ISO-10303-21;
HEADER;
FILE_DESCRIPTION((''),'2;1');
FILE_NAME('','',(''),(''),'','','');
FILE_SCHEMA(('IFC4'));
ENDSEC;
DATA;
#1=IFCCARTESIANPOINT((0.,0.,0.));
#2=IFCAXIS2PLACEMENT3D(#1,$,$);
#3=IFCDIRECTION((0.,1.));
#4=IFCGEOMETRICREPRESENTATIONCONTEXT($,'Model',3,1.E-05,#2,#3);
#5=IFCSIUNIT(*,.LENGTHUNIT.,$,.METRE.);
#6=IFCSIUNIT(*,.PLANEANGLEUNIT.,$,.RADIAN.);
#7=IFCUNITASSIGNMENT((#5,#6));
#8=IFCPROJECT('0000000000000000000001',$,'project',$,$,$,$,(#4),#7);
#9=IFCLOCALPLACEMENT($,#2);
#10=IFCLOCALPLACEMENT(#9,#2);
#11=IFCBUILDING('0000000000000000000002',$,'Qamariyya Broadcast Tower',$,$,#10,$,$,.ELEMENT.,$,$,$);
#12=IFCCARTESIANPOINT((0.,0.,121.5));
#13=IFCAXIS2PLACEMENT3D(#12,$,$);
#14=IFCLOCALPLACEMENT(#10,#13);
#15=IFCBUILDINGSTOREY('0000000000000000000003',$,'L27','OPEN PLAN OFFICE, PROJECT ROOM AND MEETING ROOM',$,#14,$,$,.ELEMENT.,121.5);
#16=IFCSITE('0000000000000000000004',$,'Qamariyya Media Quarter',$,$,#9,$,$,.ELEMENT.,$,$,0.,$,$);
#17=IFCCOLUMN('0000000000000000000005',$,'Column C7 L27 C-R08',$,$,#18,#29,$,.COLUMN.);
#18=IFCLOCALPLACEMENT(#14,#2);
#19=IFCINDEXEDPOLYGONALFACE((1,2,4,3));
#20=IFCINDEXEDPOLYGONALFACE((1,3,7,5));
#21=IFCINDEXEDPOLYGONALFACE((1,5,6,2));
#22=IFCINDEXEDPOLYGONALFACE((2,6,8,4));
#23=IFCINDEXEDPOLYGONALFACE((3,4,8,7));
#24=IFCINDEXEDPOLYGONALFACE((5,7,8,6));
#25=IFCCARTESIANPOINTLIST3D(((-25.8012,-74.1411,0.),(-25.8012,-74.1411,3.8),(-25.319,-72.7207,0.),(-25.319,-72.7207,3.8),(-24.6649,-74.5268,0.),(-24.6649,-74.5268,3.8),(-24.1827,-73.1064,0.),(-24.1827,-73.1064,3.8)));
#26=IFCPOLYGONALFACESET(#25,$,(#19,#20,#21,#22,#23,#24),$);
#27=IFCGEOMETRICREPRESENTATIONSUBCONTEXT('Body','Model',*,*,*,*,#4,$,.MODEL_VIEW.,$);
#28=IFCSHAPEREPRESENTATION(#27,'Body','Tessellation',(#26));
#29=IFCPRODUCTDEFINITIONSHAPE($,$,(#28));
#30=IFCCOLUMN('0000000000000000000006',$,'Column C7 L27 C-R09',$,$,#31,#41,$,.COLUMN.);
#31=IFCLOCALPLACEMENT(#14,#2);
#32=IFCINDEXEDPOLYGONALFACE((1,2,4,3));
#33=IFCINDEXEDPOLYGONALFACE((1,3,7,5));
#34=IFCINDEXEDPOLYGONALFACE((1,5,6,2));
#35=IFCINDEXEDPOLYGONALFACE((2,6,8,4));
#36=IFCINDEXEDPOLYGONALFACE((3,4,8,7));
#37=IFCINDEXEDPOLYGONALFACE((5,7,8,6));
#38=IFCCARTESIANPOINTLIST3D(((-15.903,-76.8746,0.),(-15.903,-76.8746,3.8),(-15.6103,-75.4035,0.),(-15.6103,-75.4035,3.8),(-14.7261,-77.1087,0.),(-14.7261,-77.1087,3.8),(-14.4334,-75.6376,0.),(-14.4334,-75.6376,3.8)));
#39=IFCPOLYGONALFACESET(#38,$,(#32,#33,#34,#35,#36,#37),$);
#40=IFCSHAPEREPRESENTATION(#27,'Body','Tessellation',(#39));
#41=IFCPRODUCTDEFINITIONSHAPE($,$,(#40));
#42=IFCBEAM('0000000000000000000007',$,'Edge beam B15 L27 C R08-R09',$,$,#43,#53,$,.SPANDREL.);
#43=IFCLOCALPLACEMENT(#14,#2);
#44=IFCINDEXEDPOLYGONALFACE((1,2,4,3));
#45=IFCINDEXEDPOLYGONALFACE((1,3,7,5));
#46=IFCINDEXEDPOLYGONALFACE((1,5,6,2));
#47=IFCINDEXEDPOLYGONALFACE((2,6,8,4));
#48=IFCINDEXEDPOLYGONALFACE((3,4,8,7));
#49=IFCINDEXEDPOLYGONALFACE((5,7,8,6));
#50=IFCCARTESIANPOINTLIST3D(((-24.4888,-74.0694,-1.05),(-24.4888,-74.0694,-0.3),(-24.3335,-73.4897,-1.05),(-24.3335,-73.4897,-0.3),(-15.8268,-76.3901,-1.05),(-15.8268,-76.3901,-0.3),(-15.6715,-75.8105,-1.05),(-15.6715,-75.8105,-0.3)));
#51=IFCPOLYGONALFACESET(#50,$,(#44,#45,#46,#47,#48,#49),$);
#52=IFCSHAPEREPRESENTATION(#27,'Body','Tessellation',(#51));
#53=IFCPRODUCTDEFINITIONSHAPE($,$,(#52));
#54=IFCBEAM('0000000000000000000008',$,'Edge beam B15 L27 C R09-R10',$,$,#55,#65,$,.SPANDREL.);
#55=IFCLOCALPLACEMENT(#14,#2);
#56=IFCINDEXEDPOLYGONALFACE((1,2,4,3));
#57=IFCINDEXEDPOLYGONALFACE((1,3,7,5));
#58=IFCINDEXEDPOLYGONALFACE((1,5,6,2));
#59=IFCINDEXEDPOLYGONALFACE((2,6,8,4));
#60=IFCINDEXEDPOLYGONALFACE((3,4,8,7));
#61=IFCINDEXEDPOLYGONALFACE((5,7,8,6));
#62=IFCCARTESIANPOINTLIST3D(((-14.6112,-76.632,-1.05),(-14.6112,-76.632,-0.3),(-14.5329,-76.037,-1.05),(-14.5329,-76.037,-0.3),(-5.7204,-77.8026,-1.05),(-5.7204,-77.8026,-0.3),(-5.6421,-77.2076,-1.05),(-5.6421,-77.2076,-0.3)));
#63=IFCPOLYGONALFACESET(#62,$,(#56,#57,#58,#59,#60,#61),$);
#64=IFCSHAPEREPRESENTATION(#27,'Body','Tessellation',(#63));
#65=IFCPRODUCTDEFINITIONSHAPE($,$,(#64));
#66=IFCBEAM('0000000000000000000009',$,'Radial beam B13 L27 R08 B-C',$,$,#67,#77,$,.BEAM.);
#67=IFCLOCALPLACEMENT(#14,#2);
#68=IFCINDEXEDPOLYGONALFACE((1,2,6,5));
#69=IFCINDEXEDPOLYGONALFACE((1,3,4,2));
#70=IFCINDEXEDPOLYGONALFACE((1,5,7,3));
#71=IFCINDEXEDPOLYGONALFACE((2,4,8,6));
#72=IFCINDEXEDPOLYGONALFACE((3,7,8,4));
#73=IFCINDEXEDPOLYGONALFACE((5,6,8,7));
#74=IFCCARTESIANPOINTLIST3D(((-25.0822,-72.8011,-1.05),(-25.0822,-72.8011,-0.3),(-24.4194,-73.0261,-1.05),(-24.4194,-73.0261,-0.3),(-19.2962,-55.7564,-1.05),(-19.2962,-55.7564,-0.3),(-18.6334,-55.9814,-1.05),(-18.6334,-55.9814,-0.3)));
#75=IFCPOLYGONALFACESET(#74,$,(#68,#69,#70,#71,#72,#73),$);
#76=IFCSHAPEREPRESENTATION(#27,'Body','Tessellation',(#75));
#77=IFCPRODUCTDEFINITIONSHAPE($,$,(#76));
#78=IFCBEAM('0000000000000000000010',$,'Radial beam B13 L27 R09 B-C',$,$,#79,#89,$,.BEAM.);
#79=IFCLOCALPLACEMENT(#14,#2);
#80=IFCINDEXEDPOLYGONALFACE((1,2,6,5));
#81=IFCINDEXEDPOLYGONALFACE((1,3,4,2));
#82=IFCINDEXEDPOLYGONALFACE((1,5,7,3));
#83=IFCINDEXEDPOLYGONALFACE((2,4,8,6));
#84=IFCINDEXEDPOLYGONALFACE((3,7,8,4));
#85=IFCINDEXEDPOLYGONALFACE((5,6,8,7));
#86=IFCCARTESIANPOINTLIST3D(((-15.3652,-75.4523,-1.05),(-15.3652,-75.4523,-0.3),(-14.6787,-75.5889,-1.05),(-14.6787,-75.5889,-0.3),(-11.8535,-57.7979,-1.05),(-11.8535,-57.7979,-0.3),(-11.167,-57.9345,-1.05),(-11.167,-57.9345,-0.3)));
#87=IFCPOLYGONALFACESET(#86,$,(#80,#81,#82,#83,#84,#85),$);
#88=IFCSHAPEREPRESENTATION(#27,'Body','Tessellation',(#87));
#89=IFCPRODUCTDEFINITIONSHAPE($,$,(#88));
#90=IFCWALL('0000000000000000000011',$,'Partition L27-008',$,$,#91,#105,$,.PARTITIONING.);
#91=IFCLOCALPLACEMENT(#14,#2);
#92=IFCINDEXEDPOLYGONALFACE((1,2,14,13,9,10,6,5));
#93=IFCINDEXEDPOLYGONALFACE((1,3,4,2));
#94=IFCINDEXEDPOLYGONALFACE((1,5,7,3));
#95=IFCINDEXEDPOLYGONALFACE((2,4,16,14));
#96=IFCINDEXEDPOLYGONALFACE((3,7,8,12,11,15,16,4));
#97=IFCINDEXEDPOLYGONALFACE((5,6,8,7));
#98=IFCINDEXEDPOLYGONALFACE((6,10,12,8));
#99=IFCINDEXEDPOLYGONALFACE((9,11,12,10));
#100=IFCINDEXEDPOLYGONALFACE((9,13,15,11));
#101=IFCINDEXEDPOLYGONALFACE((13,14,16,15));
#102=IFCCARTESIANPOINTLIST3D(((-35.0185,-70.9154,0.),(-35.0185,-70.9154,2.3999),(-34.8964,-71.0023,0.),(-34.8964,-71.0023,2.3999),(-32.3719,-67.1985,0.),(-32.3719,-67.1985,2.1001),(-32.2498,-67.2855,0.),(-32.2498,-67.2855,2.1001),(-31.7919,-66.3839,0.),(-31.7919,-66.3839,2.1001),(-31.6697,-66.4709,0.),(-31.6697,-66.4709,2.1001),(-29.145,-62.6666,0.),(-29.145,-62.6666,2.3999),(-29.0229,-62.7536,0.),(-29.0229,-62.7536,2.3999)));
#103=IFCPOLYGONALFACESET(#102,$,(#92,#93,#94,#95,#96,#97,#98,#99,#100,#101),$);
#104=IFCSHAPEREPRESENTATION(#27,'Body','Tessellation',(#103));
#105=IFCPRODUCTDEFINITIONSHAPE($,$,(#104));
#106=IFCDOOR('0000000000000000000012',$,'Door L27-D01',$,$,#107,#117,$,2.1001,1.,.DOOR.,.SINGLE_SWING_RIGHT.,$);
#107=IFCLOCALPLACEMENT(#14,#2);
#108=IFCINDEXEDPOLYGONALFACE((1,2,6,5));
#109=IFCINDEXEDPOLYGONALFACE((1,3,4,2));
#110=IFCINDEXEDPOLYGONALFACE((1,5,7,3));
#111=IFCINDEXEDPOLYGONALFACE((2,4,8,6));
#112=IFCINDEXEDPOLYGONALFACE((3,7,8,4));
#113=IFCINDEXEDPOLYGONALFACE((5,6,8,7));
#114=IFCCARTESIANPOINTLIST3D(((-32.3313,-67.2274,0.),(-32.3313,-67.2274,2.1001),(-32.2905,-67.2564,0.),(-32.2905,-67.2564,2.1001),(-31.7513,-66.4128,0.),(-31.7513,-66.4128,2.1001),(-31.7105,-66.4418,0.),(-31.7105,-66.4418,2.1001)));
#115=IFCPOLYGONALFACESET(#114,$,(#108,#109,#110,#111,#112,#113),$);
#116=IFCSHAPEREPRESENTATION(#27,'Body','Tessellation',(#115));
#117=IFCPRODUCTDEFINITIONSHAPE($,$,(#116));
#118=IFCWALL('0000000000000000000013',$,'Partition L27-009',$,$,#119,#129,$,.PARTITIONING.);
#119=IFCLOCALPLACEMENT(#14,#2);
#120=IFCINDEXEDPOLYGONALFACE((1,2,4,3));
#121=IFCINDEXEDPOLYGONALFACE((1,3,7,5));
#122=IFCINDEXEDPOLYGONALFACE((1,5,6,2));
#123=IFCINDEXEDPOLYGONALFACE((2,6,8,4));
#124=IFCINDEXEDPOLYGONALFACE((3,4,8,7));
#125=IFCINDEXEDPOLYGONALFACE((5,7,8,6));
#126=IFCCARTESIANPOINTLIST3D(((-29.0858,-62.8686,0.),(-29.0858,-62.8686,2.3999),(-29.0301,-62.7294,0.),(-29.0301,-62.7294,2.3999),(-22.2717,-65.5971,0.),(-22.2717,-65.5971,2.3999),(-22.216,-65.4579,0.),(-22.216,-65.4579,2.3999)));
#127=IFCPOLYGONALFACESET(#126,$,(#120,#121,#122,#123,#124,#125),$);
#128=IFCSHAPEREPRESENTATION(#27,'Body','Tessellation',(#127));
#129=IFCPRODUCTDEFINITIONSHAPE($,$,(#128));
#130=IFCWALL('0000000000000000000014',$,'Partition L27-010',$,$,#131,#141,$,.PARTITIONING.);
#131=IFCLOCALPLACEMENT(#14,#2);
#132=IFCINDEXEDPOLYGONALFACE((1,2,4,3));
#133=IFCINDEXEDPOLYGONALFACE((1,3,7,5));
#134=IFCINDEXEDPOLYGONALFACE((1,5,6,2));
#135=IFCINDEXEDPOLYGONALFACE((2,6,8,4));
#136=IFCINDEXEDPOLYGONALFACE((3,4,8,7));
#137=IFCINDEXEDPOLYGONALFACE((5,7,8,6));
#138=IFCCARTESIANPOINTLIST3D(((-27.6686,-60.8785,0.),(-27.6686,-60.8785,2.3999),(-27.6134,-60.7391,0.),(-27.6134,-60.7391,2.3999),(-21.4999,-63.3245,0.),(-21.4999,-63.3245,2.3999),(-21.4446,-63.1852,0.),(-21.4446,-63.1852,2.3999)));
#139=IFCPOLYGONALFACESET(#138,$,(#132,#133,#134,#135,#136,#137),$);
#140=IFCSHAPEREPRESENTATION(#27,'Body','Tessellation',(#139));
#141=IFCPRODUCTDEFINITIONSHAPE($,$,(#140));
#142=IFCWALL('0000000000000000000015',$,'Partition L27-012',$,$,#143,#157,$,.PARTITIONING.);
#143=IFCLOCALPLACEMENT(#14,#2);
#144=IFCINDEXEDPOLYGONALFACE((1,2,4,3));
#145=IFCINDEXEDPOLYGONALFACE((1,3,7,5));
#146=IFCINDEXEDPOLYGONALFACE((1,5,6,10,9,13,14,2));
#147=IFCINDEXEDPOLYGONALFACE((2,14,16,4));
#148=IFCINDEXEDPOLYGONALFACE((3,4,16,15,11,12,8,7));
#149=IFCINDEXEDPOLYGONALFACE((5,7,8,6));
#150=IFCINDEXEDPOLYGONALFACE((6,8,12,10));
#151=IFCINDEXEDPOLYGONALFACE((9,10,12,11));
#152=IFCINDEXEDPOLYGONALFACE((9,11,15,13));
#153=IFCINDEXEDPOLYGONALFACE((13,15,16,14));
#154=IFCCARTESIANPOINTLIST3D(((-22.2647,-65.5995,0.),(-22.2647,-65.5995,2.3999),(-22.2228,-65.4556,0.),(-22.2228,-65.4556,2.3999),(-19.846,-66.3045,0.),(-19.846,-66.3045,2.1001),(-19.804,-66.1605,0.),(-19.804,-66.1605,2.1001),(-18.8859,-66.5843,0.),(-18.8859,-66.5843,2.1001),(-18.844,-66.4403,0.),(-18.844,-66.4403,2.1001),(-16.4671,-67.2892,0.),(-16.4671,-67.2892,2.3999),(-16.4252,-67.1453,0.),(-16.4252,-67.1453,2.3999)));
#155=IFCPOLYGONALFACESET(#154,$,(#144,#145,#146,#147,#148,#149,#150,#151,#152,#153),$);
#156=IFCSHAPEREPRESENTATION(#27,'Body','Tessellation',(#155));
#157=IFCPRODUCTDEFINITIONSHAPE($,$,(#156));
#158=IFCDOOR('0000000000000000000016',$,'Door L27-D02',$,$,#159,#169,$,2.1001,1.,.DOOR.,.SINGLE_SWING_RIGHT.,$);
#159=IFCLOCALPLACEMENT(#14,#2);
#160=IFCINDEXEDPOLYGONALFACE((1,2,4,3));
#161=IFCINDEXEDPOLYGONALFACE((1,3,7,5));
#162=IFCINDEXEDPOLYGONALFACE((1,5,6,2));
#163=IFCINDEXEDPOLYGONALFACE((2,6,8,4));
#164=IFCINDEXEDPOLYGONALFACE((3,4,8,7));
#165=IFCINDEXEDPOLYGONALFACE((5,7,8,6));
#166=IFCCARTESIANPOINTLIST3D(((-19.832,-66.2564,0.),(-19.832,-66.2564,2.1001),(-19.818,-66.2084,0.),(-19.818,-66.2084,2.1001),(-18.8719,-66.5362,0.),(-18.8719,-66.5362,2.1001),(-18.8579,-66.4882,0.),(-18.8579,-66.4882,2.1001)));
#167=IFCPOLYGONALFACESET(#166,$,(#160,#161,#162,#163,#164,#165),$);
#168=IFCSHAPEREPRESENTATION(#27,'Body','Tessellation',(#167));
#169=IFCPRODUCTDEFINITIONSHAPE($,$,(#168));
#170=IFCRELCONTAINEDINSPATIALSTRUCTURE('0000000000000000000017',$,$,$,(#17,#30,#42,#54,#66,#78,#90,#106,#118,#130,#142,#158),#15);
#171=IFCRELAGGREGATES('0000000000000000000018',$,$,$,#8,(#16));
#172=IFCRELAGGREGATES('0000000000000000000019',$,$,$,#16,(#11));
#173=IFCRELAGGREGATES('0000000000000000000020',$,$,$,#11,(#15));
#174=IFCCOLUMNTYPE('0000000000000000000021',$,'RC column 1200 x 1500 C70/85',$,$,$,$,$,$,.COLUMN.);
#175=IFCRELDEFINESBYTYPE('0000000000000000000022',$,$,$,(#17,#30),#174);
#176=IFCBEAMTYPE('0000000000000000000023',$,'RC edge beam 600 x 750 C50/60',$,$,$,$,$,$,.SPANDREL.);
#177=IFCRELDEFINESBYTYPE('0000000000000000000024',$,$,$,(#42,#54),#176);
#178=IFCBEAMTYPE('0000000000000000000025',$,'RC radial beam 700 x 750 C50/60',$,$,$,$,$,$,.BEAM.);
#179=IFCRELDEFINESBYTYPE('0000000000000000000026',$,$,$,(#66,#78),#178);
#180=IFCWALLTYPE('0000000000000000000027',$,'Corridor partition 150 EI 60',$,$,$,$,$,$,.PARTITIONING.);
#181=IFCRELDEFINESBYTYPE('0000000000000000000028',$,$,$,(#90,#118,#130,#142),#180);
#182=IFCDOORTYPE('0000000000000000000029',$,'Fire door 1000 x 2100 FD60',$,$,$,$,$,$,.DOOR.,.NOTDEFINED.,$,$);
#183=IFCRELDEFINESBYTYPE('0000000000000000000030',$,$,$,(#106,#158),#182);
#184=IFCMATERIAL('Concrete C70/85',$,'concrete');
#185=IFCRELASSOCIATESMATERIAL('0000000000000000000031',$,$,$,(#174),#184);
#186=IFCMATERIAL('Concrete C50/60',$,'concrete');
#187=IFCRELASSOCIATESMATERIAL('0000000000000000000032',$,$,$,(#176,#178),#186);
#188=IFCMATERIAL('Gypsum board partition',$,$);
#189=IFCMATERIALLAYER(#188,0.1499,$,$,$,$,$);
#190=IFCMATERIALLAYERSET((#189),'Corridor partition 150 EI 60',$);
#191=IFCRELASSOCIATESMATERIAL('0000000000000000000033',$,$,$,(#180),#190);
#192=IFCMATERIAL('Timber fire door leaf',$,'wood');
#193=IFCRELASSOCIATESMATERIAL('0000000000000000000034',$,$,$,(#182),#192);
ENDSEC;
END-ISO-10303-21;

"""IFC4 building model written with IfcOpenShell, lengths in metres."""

from ifc_helpers import new_model, si_unit, direction, frame, frame_2d, origin, origin_2d, place, context, subcontext, project, spatial, rectangle, extrude, material, layer, layer_set, material_profile, profile_set, type_object, element, fill, save


model = new_model("IFC4")

# Units and contexts
model_context = context("Model", 3, precision=1e-05, world=origin(), true_north=direction((0.0, 1.0)))
body_context = subcontext(model_context, "Body", "Model", "MODEL_VIEW")
ifc_project = project(units=[si_unit("LENGTHUNIT", "METRE"), si_unit("PLANEANGLEUNIT", "RADIAN")], contexts=[model_context])

# Site, building, storey
site_placement = place(None, origin())
site = spatial("IfcSite", under=ifc_project, at=site_placement, Name="Qamariyya Media Quarter", CompositionType="ELEMENT", RefElevation=0.0)
building_placement = place(site_placement, origin())
building = spatial("IfcBuilding", under=site, at=building_placement, Name="Qamariyya Broadcast Tower", CompositionType="ELEMENT")
storey_placement = place(building_placement, frame((0.0, 0.0, 121.5)))
storey = spatial("IfcBuildingStorey", under=building, at=storey_placement, Name="L27", Description="OPEN PLAN OFFICE, PROJECT ROOM AND MEETING ROOM", CompositionType="ELEMENT", Elevation=121.5)

# Columns
ifc_material_1 = material(Name="Concrete C70/85", Category="concrete")
ifc_material_profile_1 = material_profile(ifc_material_1, rectangle(XDim=1.2, YDim=1.5, at=origin_2d()))
ifc_profile_set_1 = profile_set([ifc_material_profile_1], Name="Concrete C70/85")
column_type = type_object("IfcColumnType", Name="RC column 1200 x 1500 C70/85", PredefinedType="COLUMN", material=ifc_profile_set_1)
for number, where, z_axis, x_axis, name in (
    (1, (-24.9919, -73.6238, 0.0), (0.0, 0.0, 1.0), (0.94693, -0.321439, 0.0), "Column C7 L27 C-R08"),
    (2, (-15.1682, -76.2561, 0.0), (0.0, 0.0, 1.0), (0.980785, -0.19509, 0.0), "Column C7 L27 C-R09"),
):
    element("IfcColumn", number, at=place(storey_placement, frame(where, z_axis=z_axis, x_axis=x_axis)), inside=storey, type_object=column_type, Name=name, PredefinedType="COLUMN", context=body_context, shape_type="SweptSolid", body=[
        extrude(rectangle(XDim=1.2, YDim=1.5, at=origin_2d()), origin(), (0.0, 0.0, 1.0), 3.8),
    ])

# Beams
ifc_material_2 = material(Name="Concrete C50/60", Category="concrete")
ifc_material_profile_2 = material_profile(ifc_material_2, rectangle(XDim=0.6001, YDim=0.75, at=origin_2d()))
ifc_profile_set_2 = profile_set([ifc_material_profile_2], Name="Concrete C50/60")
beam_type_1 = type_object("IfcBeamType", Name="RC edge beam 600 x 750 C50/60", PredefinedType="SPANDREL", material=ifc_profile_set_2)
for number, where, z_axis, x_axis, name in (
    (3, (-24.4111, -73.7795, -0.675), (0.965932, -0.258798, 0.0), (0.258798, 0.965932, 0.0), "Edge beam B15 L27 C R08-R09"),
    (4, (-14.572, -76.3345, -0.675), (0.991443, -0.130543, 0.0), (0.130543, 0.991443, 0.0), "Edge beam B15 L27 C R09-R10"),
):
    element("IfcBeam", number, at=place(storey_placement, frame(where, z_axis=z_axis, x_axis=x_axis)), inside=storey, type_object=beam_type_1, Name=name, PredefinedType="SPANDREL", context=body_context, shape_type="SweptSolid", body=[
        extrude(rectangle(XDim=0.6001, YDim=0.75, at=origin_2d()), origin(), (0.0, 0.0, 1.0), 8.9675),
    ])
ifc_material_profile_3 = material_profile(ifc_material_2, rectangle(XDim=0.7, YDim=0.75, at=origin_2d()))
ifc_profile_set_3 = profile_set([ifc_material_profile_3], Name="Concrete C50/60")
beam_type_2 = type_object("IfcBeamType", Name="RC radial beam 700 x 750 C50/60", PredefinedType="BEAM", material=ifc_profile_set_3)
beam_1_placement = place(storey_placement, frame((-18.9648, -55.8689, -0.675), z_axis=(-0.321439, -0.94693, 0.0), x_axis=(0.94693, -0.321439, 0.0)))
element("IfcBeam", 5, at=beam_1_placement, inside=storey, type_object=beam_type_2, Name="Radial beam B13 L27 R08 B-C", PredefinedType="BEAM", context=body_context, shape_type="SweptSolid", body=[
    extrude(rectangle(XDim=0.7, YDim=0.75, at=origin_2d()), origin(), (0.0, 0.0, 1.0), 18.0),
])
beam_2_placement = place(storey_placement, frame((-11.5103, -57.8662, -0.675), z_axis=(-0.195094, -0.980785, 0.0), x_axis=(0.980785, -0.195094, 0.0)))
element("IfcBeam", 6, at=beam_2_placement, inside=storey, type_object=beam_type_2, Name="Radial beam B13 L27 R09 B-C", PredefinedType="BEAM", context=body_context, shape_type="SweptSolid", body=[
    extrude(rectangle(XDim=0.7, YDim=0.75, at=origin_2d()), origin(), (0.0, 0.0, 1.0), 18.0002),
])

# Wall, opening, door
ifc_material_3 = material(Name="Gypsum board partition")
ifc_layer_1 = layer(ifc_material_3, 0.1499)
ifc_layer_set_1 = layer_set([ifc_layer_1], Name="Corridor partition 150 EI 60")
wall_type_1 = type_object("IfcWallType", Name="Corridor partition 150 EI 60", PredefinedType="PARTITIONING", material=ifc_layer_set_1)
wall_1_placement = place(storey_placement, frame((-29.084, -62.7102, 0.0), z_axis=(0.0, 0.0, 1.0), x_axis=(-0.580031, -0.814594, 0.0)))
wall_1 = element("IfcWall", 7, at=wall_1_placement, inside=storey, type_object=wall_type_1, Name="Partition L27-008", PredefinedType="PARTITIONING", context=body_context, shape_type="SweptSolid", body=[
    extrude(rectangle(XDim=10.1262, YDim=0.1499, at=frame_2d((5.063, 0.0))), origin(), (0.0, 0.0, 1.0), 2.3999),
])
opening_1_placement = place(wall_1_placement, frame((4.5632, 0.0, 0.0)))
opening_1 = element("IfcOpeningElement", 8, at=opening_1_placement, cuts=wall_1, PredefinedType="OPENING", context=body_context, shape_type="SweptSolid", body=[
    extrude(rectangle(XDim=1.0, YDim=2.1001, at=frame_2d((0.5, 1.05))), frame((0.0, 0.085, 0.0), z_axis=(0.0, -1.0, 0.0), x_axis=(1.0, 0.0, 0.0)), (0.0, 0.0, 1.0), 0.1699),
])
ifc_material_4 = material(Name="Timber fire door leaf", Category="wood")
door_type = type_object("IfcDoorType", Name="Fire door 1000 x 2100 FD60", OperationType="NOTDEFINED", PredefinedType="DOOR", material=ifc_material_4)
door_1_placement = place(opening_1_placement, origin())
door_1 = element("IfcDoor", 9, at=door_1_placement, inside=storey, type_object=door_type, Name="Door L27-D01", OperationType="SINGLE_SWING_RIGHT", OverallHeight=2.1001, OverallWidth=1.0, PredefinedType="DOOR", context=body_context, shape_type="SweptSolid", body=[
    extrude(rectangle(XDim=1.0, YDim=2.1001, at=frame_2d((0.5, 1.05))), frame((0.0, 0.0249, 0.0), z_axis=(0.0, -1.0, 0.0), x_axis=(1.0, 0.0, 0.0)), (0.0, 0.0, 1.0), 0.05),
])
fill(opening_1, door_1)

# Walls
wall_2_placement = place(storey_placement, frame((-29.0579, -62.7991, 0.0), z_axis=(0.0, 0.0, 1.0), x_axis=(0.928344, -0.371723, 0.0)))
element("IfcWall", 10, at=wall_2_placement, inside=storey, type_object=wall_type_1, Name="Partition L27-009", PredefinedType="PARTITIONING", context=body_context, shape_type="SweptSolid", body=[
    extrude(rectangle(XDim=7.3401, YDim=0.1499, at=frame_2d((3.6699, 0.0))), origin(), (0.0, 0.0, 1.0), 2.3999),
])
wall_3_placement = place(storey_placement, frame((-27.6409, -60.8088, 0.0), z_axis=(0.0, 0.0, 1.0), x_axis=(0.929586, -0.368604, 0.0)))
element("IfcWall", 11, at=wall_3_placement, inside=storey, type_object=wall_type_1, Name="Partition L27-010", PredefinedType="PARTITIONING", context=body_context, shape_type="SweptSolid", body=[
    extrude(rectangle(XDim=6.636, YDim=0.1499, at=frame_2d((3.3179, 0.0))), origin(), (0.0, 0.0, 1.0), 2.3999),
])

# Wall, opening, door
wall_4_placement = place(storey_placement, frame((-16.446, -67.2173, 0.0), z_axis=(0.0, 0.0, 1.0), x_axis=(-0.960057, 0.279806, 0.0)))
wall_4 = element("IfcWall", 12, at=wall_4_placement, inside=storey, type_object=wall_type_1, Name="Partition L27-012", PredefinedType="PARTITIONING", context=body_context, shape_type="SweptSolid", body=[
    extrude(rectangle(XDim=6.0388, YDim=0.1499, at=frame_2d((3.0195, 0.0))), origin(), (0.0, 0.0, 1.0), 2.3999),
])
opening_2_placement = place(wall_4_placement, frame((2.5195, 0.0, 0.0)))
opening_2 = element("IfcOpeningElement", 13, at=opening_2_placement, cuts=wall_4, PredefinedType="OPENING", context=body_context, shape_type="SweptSolid", body=[
    extrude(rectangle(XDim=1.0, YDim=2.1001, at=frame_2d((0.5, 1.05))), frame((0.0, 0.085, 0.0), z_axis=(0.0, -1.0, 0.0), x_axis=(1.0, 0.0, 0.0)), (0.0, 0.0, 1.0), 0.1699),
])
door_2_placement = place(opening_2_placement, origin())
door_2 = element("IfcDoor", 14, at=door_2_placement, inside=storey, type_object=door_type, Name="Door L27-D02", OperationType="SINGLE_SWING_RIGHT", OverallHeight=2.1001, OverallWidth=1.0, PredefinedType="DOOR", context=body_context, shape_type="SweptSolid", body=[
    extrude(rectangle(XDim=1.0, YDim=2.1001, at=frame_2d((0.5, 1.05))), frame((0.0, 0.0249, 0.0), z_axis=(0.0, -1.0, 0.0), x_axis=(1.0, 0.0, 0.0)), (0.0, 0.0, 1.0), 0.05),
])
fill(opening_2, door_2)

save(model, "model.ifc")
